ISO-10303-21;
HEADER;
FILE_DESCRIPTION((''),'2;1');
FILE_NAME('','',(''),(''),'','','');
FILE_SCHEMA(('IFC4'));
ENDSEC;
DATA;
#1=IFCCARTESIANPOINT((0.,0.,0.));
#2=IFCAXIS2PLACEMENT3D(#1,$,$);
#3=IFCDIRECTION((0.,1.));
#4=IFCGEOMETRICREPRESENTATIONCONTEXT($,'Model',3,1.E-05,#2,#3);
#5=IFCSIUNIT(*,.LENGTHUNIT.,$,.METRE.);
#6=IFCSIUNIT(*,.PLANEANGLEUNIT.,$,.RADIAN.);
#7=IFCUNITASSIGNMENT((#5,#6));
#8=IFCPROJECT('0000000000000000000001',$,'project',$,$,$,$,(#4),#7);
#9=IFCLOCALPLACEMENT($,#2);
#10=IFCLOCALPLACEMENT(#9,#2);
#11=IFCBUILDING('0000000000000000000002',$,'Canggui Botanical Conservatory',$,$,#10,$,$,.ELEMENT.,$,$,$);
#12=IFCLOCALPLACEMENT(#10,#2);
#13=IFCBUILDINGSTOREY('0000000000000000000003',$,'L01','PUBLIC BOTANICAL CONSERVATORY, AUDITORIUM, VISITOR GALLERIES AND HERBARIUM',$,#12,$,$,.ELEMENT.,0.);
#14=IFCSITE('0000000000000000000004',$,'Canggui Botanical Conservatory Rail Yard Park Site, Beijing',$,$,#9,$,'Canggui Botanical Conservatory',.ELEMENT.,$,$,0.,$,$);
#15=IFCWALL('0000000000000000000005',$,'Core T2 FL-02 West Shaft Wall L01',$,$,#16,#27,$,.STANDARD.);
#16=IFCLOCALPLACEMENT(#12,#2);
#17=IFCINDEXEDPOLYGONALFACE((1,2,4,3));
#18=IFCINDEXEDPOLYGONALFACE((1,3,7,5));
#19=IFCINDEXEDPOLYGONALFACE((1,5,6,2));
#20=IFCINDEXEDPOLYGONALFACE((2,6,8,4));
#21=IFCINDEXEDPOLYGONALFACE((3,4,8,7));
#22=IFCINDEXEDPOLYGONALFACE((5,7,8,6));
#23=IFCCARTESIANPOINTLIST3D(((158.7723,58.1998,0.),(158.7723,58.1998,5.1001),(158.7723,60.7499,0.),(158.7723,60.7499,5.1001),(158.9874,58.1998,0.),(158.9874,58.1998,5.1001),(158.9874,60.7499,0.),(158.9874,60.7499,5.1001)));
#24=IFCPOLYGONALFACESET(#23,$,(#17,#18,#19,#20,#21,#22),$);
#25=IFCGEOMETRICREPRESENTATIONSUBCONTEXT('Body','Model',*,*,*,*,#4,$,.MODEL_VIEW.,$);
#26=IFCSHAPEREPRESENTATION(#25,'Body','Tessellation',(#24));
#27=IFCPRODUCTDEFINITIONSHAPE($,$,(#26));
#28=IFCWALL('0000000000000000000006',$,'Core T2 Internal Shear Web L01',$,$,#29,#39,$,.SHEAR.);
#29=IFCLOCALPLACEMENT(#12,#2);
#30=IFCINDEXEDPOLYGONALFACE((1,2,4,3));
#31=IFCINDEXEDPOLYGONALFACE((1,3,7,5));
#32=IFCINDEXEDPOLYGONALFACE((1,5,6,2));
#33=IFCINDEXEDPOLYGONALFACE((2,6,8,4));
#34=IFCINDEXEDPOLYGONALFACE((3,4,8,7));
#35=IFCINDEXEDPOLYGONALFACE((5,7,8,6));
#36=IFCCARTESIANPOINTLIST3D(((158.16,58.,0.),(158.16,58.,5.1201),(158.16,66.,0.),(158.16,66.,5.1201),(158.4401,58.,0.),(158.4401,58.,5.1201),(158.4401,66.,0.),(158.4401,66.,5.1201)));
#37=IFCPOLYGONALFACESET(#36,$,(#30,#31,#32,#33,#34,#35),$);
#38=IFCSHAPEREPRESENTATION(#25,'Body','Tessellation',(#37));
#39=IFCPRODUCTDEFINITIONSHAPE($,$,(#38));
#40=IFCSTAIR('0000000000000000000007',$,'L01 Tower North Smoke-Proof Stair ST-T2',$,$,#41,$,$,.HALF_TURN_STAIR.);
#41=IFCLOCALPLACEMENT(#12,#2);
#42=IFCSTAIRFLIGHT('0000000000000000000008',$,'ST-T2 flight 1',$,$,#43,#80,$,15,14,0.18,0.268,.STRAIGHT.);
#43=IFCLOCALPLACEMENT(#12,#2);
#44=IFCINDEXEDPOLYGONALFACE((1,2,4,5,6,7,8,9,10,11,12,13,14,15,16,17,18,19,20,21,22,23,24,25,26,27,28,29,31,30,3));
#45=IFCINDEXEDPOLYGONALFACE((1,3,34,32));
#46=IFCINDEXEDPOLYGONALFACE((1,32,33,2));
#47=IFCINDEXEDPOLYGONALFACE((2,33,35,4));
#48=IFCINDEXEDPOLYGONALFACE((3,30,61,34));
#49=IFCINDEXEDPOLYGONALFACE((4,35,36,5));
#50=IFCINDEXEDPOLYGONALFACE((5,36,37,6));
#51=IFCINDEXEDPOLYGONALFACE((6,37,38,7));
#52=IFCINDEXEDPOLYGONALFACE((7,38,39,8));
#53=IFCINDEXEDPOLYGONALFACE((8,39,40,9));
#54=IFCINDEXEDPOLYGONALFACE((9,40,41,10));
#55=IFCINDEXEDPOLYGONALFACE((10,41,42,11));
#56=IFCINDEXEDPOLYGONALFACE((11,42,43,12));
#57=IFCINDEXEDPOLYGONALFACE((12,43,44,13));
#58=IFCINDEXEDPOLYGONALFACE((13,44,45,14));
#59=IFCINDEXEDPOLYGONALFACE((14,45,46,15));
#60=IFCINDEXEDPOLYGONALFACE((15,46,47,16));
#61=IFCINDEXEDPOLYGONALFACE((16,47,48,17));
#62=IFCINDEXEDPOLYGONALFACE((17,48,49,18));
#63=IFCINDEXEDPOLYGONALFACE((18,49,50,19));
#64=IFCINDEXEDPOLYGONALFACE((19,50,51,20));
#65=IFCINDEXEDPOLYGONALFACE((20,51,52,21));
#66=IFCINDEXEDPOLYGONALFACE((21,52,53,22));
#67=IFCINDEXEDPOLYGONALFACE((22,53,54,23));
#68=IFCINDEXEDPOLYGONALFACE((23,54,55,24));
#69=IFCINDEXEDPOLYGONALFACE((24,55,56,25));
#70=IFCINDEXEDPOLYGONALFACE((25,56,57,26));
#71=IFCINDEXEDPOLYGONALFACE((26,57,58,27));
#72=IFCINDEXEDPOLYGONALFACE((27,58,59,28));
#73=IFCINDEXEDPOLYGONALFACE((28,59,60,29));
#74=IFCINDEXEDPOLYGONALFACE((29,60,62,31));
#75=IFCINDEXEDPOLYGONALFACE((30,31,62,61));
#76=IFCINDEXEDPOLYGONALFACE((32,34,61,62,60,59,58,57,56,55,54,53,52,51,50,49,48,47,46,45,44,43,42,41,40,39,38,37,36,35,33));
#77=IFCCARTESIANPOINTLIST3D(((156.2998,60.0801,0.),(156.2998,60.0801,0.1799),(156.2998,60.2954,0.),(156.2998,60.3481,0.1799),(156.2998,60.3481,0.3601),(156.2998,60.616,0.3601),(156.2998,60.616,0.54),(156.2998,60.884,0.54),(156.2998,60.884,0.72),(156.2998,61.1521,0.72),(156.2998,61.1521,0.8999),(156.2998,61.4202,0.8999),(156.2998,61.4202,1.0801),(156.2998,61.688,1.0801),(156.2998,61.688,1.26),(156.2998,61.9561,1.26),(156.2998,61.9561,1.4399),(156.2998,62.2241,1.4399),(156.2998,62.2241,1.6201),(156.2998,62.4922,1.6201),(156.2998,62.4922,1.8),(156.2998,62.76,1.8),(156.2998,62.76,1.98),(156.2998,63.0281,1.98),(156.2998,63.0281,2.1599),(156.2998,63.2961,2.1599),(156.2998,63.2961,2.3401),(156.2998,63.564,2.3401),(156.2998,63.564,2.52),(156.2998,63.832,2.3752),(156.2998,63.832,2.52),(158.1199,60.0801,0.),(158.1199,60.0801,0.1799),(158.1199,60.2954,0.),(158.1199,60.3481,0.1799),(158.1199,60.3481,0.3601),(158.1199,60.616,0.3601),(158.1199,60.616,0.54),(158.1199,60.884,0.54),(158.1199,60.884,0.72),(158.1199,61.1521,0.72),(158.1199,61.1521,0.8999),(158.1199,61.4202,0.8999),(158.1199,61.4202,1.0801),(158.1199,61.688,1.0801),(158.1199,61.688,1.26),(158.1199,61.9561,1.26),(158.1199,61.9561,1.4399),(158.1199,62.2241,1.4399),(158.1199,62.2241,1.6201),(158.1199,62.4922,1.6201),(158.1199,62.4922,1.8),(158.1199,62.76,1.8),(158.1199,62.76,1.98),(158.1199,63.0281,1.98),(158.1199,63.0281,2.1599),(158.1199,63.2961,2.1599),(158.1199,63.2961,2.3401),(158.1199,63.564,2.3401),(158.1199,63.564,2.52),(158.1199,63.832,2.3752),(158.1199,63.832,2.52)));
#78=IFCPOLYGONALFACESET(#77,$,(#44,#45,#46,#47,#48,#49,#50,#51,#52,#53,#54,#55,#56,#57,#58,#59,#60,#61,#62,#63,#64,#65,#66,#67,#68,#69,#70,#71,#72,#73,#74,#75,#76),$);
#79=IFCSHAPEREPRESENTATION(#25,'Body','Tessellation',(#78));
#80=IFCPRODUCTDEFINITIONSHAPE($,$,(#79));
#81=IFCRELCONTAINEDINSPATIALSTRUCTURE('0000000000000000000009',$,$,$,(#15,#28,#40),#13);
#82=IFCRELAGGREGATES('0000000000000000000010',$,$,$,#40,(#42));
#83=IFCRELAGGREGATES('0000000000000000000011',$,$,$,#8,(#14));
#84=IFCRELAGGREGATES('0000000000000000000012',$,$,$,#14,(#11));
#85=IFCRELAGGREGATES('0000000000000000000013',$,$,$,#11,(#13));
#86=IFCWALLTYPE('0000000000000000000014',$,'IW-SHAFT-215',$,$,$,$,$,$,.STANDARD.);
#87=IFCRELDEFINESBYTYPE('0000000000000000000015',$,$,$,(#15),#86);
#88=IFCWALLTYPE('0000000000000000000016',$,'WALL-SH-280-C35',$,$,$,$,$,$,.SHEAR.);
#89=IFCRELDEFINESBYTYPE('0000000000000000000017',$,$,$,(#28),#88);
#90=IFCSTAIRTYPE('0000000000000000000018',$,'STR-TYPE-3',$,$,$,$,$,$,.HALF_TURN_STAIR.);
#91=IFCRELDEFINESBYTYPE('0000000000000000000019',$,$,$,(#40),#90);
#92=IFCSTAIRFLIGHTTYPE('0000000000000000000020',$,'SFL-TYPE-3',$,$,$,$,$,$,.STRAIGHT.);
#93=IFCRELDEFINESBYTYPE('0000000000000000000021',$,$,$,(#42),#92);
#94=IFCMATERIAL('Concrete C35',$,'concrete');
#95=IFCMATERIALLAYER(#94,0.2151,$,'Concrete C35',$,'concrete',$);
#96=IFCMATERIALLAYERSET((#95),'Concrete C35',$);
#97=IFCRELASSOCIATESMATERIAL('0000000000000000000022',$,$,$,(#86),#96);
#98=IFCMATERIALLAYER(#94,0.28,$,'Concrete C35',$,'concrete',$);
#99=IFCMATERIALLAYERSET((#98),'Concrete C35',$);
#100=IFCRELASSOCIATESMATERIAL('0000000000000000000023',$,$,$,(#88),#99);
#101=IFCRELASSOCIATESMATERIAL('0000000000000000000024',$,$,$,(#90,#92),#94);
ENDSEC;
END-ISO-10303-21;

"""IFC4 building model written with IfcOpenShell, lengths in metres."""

from ifc_helpers import new_model, si_unit, direction, frame, frame_2d, origin, place, context, subcontext, project, spatial, polyline, rectangle, outline, extrude, material, layer, layer_set, type_object, element, aggregate, save


model = new_model("IFC4")

# Units and contexts
model_context = context("Model", 3, precision=1e-05, world=origin(), true_north=direction((0.0, 1.0)))
body_context = subcontext(model_context, "Body", "Model", "MODEL_VIEW")
ifc_project = project(units=[si_unit("LENGTHUNIT", "METRE"), si_unit("PLANEANGLEUNIT", "RADIAN")], contexts=[model_context])

# Site, building, storey
site_placement = place(None, origin())
site = spatial("IfcSite", under=ifc_project, at=site_placement, Name="Canggui Botanical Conservatory Rail Yard Park Site, Beijing", LongName="Canggui Botanical Conservatory", CompositionType="ELEMENT", RefElevation=0.0)
building_placement = place(site_placement, origin())
building = spatial("IfcBuilding", under=site, at=building_placement, Name="Canggui Botanical Conservatory", CompositionType="ELEMENT")
storey_placement = place(building_placement, origin())
storey = spatial("IfcBuildingStorey", under=building, at=storey_placement, Name="L01", Description="PUBLIC BOTANICAL CONSERVATORY, AUDITORIUM, VISITOR GALLERIES AND HERBARIUM", CompositionType="ELEMENT", Elevation=0.0)

# Shared definitions
ifc_material_1 = material(Name="Concrete C35", Category="concrete")

# Walls
ifc_layer_1 = layer(ifc_material_1, 0.2151, Name="Concrete C35", Category="concrete")
ifc_layer_set_1 = layer_set([ifc_layer_1], Name="Concrete C35")
wall_type_1 = type_object("IfcWallType", Name="IW-SHAFT-215", PredefinedType="STANDARD", material=ifc_layer_set_1)
wall_1_placement = place(storey_placement, frame((158.8799, 58.2, 0.0), z_axis=(0.0, 0.0, 1.0), x_axis=(0.0, 1.0, 0.0)))
element("IfcWall", 1, at=wall_1_placement, inside=storey, type_object=wall_type_1, Name="Core T2 FL-02 West Shaft Wall L01", PredefinedType="STANDARD", context=body_context, shape_type="SweptSolid", body=[
    extrude(rectangle(XDim=2.55, YDim=0.2151, at=frame_2d((1.2749, 0.0))), origin(), (0.0, 0.0, 1.0), 5.1001),
])
ifc_layer_2 = layer(ifc_material_1, 0.28, Name="Concrete C35", Category="concrete")
ifc_layer_set_2 = layer_set([ifc_layer_2], Name="Concrete C35")
wall_type_2 = type_object("IfcWallType", Name="WALL-SH-280-C35", PredefinedType="SHEAR", material=ifc_layer_set_2)
wall_2_placement = place(storey_placement, frame((158.3, 58.0, 0.0), z_axis=(0.0, 0.0, 1.0), x_axis=(0.0, 1.0, 0.0)))
element("IfcWall", 2, at=wall_2_placement, inside=storey, type_object=wall_type_2, Name="Core T2 Internal Shear Web L01", PredefinedType="SHEAR", context=body_context, shape_type="SweptSolid", body=[
    extrude(rectangle(XDim=8.0, YDim=0.28, at=frame_2d((4.0, 0.0))), origin(), (0.0, 0.0, 1.0), 5.1201),
])

# Stair, stair flight
stair_type = type_object("IfcStairType", Name="STR-TYPE-3", PredefinedType="HALF_TURN_STAIR", material=ifc_material_1)
stair_placement = place(storey_placement, origin())
stair = element("IfcStair", 3, at=stair_placement, inside=storey, type_object=stair_type, Name="L01 Tower North Smoke-Proof Stair ST-T2", PredefinedType="HALF_TURN_STAIR")
stair_flight_type = type_object("IfcStairFlightType", Name="SFL-TYPE-3", PredefinedType="STRAIGHT", material=ifc_material_1)
stair_flight_placement = place(storey_placement, frame((157.21, 60.0801, 0.0), z_axis=(0.0, 0.0, 1.0), x_axis=(0.0, 1.0, 0.0)))
stair_flight = element("IfcStairFlight", 4, at=stair_flight_placement, type_object=stair_flight_type, Name="ST-T2 flight 1", NumberOfRisers=15, NumberOfTreads=14, PredefinedType="STRAIGHT", RiserHeight=0.18, TreadLength=0.268, context=body_context, shape_type="SweptSolid", body=[
    extrude(outline(polyline([(0.0, 0.0), (0.0, 0.1799), (0.2681, 0.1799), (0.2681, 0.3601), (0.5359, 0.3601), (0.5359, 0.54), (0.804, 0.54), (0.804, 0.72), (1.072, 0.72), (1.072, 0.8999), (1.3401, 0.8999), (1.3401, 1.0801), (1.6079, 1.0801), (1.6079, 1.26), (1.876, 1.26), (1.876, 1.4399), (2.144, 1.4399), (2.144, 1.6201), (2.4121, 1.6201), (2.4121, 1.8), (2.6799, 1.8), (2.6799, 1.98), (2.948, 1.98), (2.948, 2.1599), (3.2161, 2.1599), (3.2161, 2.3401), (3.4839, 2.3401), (3.4839, 2.52), (3.752, 2.52), (3.752, 2.7), (3.752, 2.3752), (0.2153, 0.0), (0.0, 0.0)])), frame((0.0, 0.9102, 0.0), z_axis=(0.0, -1.0, 0.0), x_axis=(1.0, 0.0, 0.0)), (0.0, 0.0, 1.0), 1.8201),
])
aggregate(stair, [stair_flight])

save(model, "model.ifc")
